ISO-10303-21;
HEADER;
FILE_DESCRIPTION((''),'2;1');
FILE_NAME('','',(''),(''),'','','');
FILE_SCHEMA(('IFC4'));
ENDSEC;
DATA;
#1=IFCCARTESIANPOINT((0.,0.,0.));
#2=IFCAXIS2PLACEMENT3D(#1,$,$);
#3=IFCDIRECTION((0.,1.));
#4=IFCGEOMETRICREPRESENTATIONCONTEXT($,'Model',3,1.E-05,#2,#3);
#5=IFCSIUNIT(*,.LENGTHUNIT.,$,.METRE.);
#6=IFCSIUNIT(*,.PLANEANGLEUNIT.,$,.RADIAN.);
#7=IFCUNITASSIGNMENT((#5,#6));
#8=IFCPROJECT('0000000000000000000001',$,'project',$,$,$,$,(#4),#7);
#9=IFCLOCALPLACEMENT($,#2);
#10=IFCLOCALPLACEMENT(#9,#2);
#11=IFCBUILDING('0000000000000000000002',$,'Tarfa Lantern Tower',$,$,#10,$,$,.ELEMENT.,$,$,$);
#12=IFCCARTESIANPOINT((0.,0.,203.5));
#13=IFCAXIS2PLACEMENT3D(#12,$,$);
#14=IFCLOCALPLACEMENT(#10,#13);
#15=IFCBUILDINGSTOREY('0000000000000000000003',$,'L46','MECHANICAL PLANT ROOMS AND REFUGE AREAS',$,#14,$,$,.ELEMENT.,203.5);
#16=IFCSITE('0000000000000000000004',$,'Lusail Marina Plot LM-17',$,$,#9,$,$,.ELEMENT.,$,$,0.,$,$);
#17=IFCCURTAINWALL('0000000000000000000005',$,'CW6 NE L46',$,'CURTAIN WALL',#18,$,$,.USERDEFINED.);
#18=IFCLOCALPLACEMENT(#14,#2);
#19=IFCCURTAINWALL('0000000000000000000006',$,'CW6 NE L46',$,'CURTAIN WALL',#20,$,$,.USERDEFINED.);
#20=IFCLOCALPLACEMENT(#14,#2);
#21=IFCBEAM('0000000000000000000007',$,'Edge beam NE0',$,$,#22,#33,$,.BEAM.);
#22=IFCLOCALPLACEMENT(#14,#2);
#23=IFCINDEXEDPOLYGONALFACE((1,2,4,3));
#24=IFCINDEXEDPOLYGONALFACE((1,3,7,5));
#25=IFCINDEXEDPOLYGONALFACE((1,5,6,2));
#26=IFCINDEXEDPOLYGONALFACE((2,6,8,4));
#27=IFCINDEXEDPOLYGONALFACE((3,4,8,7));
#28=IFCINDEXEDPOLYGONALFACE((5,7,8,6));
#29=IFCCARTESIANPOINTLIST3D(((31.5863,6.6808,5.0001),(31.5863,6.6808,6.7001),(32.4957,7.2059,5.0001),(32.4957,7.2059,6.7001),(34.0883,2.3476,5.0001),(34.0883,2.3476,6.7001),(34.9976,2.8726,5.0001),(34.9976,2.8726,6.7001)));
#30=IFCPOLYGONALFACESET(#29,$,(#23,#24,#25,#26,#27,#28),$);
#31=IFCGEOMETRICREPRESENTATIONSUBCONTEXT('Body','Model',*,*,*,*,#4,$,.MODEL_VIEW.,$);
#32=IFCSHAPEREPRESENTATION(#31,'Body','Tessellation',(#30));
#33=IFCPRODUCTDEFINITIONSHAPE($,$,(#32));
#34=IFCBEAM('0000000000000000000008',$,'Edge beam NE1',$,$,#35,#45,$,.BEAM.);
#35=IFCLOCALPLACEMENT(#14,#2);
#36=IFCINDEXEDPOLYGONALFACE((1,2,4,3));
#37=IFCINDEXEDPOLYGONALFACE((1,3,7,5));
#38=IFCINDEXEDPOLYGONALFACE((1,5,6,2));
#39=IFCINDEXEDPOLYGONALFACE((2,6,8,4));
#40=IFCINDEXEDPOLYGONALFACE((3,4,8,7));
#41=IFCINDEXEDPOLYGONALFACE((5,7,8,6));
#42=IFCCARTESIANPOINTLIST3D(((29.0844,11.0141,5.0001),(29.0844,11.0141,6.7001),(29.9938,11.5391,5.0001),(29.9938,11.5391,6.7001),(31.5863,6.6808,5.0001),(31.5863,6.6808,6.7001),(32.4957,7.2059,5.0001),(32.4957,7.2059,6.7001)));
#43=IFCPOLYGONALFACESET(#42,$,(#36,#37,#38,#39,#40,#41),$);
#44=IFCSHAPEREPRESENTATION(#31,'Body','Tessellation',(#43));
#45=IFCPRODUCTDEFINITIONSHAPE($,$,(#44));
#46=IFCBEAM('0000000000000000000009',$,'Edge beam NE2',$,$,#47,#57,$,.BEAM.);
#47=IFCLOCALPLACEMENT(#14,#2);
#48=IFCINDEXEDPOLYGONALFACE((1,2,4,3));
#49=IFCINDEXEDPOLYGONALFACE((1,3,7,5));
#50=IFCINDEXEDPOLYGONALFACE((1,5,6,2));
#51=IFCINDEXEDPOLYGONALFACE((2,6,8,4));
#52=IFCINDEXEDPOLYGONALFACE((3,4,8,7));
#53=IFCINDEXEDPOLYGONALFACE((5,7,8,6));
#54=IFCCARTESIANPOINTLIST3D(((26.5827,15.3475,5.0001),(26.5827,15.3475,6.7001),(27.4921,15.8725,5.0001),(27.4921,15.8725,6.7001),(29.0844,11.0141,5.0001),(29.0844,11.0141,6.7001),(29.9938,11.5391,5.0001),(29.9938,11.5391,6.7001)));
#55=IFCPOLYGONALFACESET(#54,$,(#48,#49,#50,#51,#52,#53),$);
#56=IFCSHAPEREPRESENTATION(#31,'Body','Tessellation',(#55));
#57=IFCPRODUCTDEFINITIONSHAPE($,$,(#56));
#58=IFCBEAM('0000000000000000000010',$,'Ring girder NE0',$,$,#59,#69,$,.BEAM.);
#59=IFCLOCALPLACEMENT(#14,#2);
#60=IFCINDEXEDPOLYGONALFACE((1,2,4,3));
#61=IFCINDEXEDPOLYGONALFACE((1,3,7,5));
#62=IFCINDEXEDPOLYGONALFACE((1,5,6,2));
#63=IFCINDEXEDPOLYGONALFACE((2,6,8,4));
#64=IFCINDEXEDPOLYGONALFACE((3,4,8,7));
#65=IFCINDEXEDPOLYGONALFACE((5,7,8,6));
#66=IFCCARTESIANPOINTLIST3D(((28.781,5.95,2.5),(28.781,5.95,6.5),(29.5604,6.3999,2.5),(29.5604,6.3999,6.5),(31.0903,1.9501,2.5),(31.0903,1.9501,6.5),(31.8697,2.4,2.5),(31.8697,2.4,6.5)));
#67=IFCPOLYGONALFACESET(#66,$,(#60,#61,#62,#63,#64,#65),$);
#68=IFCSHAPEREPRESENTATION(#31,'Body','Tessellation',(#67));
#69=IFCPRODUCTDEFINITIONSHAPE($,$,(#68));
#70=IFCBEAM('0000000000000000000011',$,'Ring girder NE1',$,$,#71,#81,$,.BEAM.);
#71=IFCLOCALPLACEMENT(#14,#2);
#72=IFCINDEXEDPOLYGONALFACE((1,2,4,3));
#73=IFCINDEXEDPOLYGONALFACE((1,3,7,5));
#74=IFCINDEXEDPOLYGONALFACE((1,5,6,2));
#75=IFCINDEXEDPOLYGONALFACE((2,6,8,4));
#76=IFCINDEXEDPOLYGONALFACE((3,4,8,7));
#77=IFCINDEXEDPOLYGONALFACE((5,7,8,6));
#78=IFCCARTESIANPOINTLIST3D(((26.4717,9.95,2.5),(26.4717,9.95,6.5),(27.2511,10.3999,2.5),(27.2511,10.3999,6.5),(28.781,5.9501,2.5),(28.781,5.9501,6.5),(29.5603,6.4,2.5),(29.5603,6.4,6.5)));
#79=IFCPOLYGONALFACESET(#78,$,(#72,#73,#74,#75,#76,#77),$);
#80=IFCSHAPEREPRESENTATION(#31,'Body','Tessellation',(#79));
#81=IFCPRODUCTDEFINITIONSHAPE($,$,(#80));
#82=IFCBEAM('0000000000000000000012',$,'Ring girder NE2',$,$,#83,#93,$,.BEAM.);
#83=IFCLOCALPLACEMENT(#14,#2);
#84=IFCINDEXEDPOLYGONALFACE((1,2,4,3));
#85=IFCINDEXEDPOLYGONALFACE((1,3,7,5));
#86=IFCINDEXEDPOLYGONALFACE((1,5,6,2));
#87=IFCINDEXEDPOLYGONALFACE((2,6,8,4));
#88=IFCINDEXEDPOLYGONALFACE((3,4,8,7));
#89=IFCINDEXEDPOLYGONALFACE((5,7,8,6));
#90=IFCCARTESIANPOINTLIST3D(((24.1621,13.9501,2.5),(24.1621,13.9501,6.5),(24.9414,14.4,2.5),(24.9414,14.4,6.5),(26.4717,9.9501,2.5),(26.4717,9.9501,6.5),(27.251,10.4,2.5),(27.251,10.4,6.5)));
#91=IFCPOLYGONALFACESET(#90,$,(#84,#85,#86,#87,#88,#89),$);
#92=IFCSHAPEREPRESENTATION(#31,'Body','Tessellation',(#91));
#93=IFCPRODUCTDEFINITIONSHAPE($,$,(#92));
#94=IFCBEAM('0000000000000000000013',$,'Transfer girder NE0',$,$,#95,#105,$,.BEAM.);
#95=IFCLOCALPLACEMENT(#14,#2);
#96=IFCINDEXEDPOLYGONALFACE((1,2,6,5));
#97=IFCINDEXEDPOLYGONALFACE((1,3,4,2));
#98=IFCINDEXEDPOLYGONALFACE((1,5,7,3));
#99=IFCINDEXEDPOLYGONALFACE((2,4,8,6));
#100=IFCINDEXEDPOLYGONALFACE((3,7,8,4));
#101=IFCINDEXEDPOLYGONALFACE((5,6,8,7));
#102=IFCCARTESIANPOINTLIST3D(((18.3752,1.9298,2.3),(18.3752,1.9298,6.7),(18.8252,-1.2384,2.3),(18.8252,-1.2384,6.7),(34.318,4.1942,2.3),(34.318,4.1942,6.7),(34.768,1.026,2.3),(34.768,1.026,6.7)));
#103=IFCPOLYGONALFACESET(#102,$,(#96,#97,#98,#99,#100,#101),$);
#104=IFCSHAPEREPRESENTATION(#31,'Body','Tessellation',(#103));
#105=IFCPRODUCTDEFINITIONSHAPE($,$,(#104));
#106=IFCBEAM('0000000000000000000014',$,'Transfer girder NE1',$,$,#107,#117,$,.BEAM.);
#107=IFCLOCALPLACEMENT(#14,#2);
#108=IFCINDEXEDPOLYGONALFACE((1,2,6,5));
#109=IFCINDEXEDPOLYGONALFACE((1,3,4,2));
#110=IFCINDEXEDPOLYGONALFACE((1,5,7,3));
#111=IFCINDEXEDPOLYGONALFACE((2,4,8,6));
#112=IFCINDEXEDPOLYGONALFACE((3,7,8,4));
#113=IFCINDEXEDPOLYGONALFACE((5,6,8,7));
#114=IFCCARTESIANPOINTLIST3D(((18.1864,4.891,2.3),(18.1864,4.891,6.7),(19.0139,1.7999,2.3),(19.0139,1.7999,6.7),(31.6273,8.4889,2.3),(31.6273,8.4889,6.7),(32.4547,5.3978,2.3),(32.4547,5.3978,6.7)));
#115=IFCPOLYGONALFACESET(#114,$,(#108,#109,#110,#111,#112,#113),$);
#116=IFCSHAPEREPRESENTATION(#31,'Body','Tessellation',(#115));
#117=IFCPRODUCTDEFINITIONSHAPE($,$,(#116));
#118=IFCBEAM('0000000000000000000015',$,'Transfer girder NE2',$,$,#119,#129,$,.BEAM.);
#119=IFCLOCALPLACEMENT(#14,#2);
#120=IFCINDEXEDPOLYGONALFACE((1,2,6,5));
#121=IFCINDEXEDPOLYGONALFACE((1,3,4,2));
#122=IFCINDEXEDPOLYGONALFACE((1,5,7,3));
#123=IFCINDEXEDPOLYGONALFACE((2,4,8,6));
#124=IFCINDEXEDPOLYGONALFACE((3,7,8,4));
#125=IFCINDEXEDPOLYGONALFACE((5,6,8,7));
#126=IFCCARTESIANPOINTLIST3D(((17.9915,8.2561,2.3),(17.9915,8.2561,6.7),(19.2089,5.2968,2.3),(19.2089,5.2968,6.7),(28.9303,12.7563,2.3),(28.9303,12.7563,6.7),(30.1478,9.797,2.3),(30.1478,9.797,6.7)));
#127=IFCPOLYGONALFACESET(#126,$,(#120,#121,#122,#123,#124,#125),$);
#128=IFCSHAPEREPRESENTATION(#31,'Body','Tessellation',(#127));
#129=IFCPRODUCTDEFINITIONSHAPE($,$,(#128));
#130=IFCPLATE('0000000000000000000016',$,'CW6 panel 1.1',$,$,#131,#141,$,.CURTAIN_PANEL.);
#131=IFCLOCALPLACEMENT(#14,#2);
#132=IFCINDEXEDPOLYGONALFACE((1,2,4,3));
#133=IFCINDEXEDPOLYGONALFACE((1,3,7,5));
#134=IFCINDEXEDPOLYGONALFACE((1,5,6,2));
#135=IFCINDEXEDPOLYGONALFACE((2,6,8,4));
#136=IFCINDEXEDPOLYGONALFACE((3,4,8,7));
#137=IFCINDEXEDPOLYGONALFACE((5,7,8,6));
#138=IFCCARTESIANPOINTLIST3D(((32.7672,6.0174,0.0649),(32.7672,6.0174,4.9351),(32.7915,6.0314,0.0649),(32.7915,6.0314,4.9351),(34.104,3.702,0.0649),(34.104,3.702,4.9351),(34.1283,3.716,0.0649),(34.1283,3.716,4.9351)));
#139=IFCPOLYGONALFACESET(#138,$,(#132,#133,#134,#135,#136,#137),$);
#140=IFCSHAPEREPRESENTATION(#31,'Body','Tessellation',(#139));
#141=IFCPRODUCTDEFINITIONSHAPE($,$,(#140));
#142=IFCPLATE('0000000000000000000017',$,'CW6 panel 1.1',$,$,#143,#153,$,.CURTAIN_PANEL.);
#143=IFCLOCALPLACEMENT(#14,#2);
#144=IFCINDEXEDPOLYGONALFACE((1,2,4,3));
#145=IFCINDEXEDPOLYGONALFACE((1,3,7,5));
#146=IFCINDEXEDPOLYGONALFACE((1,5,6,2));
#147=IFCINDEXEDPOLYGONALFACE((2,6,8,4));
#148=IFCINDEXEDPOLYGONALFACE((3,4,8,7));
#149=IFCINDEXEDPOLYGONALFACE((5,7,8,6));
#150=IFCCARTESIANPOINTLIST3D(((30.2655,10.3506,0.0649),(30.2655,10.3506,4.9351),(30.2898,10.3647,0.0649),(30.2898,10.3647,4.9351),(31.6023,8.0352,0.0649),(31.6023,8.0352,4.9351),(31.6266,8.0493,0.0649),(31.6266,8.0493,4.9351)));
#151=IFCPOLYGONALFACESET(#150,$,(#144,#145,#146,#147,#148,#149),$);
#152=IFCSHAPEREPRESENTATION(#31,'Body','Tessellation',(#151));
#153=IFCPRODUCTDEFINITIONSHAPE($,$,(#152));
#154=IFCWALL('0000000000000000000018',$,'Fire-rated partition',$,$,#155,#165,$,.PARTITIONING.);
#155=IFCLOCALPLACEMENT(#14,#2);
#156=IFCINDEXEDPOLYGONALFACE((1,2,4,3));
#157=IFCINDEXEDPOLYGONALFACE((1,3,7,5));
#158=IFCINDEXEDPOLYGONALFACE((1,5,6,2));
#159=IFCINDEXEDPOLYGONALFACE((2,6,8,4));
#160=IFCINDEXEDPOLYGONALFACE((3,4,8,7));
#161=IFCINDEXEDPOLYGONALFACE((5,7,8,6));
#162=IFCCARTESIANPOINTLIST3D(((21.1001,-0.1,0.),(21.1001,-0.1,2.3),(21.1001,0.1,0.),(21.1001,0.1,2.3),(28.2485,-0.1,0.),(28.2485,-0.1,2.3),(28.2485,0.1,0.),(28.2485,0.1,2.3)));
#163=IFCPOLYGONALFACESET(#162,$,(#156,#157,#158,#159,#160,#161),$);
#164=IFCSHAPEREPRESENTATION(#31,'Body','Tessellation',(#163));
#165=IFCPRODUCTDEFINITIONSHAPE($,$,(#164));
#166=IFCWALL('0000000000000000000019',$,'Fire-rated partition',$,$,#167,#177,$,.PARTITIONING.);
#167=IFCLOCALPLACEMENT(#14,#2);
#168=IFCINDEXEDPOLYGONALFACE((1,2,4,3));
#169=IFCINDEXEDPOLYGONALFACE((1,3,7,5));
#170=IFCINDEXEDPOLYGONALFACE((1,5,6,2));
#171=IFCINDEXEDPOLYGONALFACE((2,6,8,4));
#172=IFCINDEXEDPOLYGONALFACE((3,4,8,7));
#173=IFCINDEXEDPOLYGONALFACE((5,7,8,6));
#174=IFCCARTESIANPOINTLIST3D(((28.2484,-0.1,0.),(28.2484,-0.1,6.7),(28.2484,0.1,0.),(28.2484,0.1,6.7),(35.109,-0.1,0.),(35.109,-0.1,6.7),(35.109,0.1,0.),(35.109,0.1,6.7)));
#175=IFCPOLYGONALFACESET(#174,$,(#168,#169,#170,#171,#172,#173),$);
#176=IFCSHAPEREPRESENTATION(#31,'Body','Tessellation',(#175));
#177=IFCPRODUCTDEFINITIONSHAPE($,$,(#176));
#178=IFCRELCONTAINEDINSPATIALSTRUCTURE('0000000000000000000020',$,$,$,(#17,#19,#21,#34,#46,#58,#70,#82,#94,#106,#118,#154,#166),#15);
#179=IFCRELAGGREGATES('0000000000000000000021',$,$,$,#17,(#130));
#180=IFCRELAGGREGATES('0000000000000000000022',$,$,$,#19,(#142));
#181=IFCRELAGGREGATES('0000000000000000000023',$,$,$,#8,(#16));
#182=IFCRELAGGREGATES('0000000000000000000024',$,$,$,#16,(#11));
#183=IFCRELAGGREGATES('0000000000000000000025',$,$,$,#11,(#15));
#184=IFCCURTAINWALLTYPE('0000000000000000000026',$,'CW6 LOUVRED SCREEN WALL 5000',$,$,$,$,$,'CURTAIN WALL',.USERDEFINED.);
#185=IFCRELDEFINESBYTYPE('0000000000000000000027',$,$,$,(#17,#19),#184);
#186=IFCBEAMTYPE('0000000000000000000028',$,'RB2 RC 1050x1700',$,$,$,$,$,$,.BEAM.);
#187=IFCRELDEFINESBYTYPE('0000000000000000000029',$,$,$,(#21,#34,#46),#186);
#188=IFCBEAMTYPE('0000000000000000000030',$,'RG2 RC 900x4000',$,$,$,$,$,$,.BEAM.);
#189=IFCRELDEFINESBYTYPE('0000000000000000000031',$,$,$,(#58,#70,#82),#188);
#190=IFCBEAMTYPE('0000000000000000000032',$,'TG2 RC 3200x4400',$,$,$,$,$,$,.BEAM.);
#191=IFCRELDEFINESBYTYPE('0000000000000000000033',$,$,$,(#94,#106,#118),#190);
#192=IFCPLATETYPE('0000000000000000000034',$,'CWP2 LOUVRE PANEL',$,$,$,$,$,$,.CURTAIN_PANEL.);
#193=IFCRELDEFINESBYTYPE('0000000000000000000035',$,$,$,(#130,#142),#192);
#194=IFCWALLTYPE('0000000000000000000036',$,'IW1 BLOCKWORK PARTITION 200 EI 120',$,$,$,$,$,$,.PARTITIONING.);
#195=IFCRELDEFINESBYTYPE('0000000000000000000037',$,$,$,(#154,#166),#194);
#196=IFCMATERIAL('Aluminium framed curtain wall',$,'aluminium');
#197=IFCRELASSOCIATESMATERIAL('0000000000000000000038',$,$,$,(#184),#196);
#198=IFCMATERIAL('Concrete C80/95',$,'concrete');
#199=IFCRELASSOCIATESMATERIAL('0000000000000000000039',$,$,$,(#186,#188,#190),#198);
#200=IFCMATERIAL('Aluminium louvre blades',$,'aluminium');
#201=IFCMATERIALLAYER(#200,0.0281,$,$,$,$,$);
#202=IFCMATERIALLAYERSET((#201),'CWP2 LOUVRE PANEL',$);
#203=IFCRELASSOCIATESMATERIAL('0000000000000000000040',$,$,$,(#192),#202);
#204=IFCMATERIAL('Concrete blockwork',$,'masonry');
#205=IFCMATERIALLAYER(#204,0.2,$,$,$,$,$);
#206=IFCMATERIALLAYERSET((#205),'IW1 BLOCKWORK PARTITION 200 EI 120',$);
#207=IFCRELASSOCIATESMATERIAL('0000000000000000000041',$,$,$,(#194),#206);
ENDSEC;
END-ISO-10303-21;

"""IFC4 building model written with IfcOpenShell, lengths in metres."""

from ifc_helpers import new_model, si_unit, direction, frame, frame_2d, origin, origin_2d, place, context, subcontext, project, spatial, rectangle, extrude, material, layer, layer_set, material_profile, profile_set, type_object, element, aggregate, save


model = new_model("IFC4")

# Units and contexts
model_context = context("Model", 3, precision=1e-05, world=origin(), true_north=direction((0.0, 1.0)))
body_context = subcontext(model_context, "Body", "Model", "MODEL_VIEW")
ifc_project = project(units=[si_unit("LENGTHUNIT", "METRE"), si_unit("PLANEANGLEUNIT", "RADIAN")], contexts=[model_context])

# Site, building, storey
site_placement = place(None, origin())
site = spatial("IfcSite", under=ifc_project, at=site_placement, Name="Lusail Marina Plot LM-17", CompositionType="ELEMENT", RefElevation=0.0)
building_placement = place(site_placement, origin())
building = spatial("IfcBuilding", under=site, at=building_placement, Name="Tarfa Lantern Tower", CompositionType="ELEMENT")
storey_placement = place(building_placement, frame((0.0, 0.0, 203.5)))
storey = spatial("IfcBuildingStorey", under=building, at=storey_placement, Name="L46", Description="MECHANICAL PLANT ROOMS AND REFUGE AREAS", CompositionType="ELEMENT", Elevation=203.5)

# Shared definitions
ifc_material_1 = material(Name="Concrete C80/95", Category="concrete")

# Curtain walls
ifc_material_2 = material(Name="Aluminium framed curtain wall", Category="aluminium")
curtain_wall_type = type_object("IfcCurtainWallType", Name="CW6 LOUVRED SCREEN WALL 5000", ElementType="CURTAIN WALL", PredefinedType="USERDEFINED", material=ifc_material_2)
curtain_wall_1_placement = place(storey_placement, origin())
curtain_wall_1 = element("IfcCurtainWall", 1, at=curtain_wall_1_placement, inside=storey, type_object=curtain_wall_type, Name="CW6 NE L46", ObjectType="CURTAIN WALL", PredefinedType="USERDEFINED")
curtain_wall_2_placement = place(storey_placement, origin())
curtain_wall_2 = element("IfcCurtainWall", 2, at=curtain_wall_2_placement, inside=storey, type_object=curtain_wall_type, Name="CW6 NE L46", ObjectType="CURTAIN WALL", PredefinedType="USERDEFINED")

# Beams
ifc_material_profile_1 = material_profile(ifc_material_1, rectangle(XDim=1.05, YDim=1.7, at=origin_2d()), Name="RC 1050x1700")
ifc_profile_set_1 = profile_set([ifc_material_profile_1], Name="Concrete C80/95")
beam_type_1 = type_object("IfcBeamType", Name="RB2 RC 1050x1700", PredefinedType="BEAM", material=ifc_profile_set_1)
for number, where, z_axis, x_axis, name in (
    (3, (34.543, 2.6101, 5.8501), (-0.500022, 0.866013, 0.0), (-0.866013, -0.500022, 0.0), "Edge beam NE0"),
    (4, (32.041, 6.9434, 5.8501), (-0.500022, 0.866013, 0.0), (-0.866013, -0.500022, 0.0), "Edge beam NE1"),
    (5, (29.5391, 11.2766, 5.8501), (-0.499965, 0.866046, 0.0), (-0.866046, -0.499965, 0.0), "Edge beam NE2"),
):
    element("IfcBeam", number, at=place(storey_placement, frame(where, z_axis=z_axis, x_axis=x_axis)), inside=storey, type_object=beam_type_1, Name=name, PredefinedType="BEAM", context=body_context, shape_type="SweptSolid", body=[
        extrude(rectangle(XDim=1.05, YDim=1.7, at=origin_2d()), origin(), (0.0, 0.0, 1.0), 5.0037),
    ])
ifc_material_profile_2 = material_profile(ifc_material_1, rectangle(XDim=0.8999, YDim=4.0, at=origin_2d()), Name="RC 900x4000")
ifc_profile_set_2 = profile_set([ifc_material_profile_2], Name="Concrete C80/95")
beam_type_2 = type_object("IfcBeamType", Name="RG2 RC 900x4000", PredefinedType="BEAM", material=ifc_profile_set_2)
for number, where, z_axis, x_axis, name in (
    (6, (31.48, 2.175, 4.5), (-0.499988, 0.866032, 0.0), (-0.866032, -0.499988, 0.0), "Ring girder NE0"),
    (7, (29.1707, 6.175, 4.5), (-0.499988, 0.866032, 0.0), (-0.866032, -0.499988, 0.0), "Ring girder NE1"),
):
    element("IfcBeam", number, at=place(storey_placement, frame(where, z_axis=z_axis, x_axis=x_axis)), inside=storey, type_object=beam_type_2, Name=name, PredefinedType="BEAM", context=body_context, shape_type="SweptSolid", body=[
        extrude(rectangle(XDim=0.8999, YDim=4.0, at=origin_2d()), origin(), (0.0, 0.0, 1.0), 4.6187),
    ])
beam_1_placement = place(storey_placement, frame((26.8613, 10.175, 4.5), z_axis=(-0.500027, 0.86601, 0.0), x_axis=(-0.86601, -0.500027, 0.0)))
element("IfcBeam", 8, at=beam_1_placement, inside=storey, type_object=beam_type_2, Name="Ring girder NE2", PredefinedType="BEAM", context=body_context, shape_type="SweptSolid", body=[
    extrude(rectangle(XDim=0.8999, YDim=4.0, at=origin_2d()), origin(), (0.0, 0.0, 1.0), 4.6189),
])
ifc_material_profile_3 = material_profile(ifc_material_1, rectangle(XDim=3.2, YDim=4.3999, at=origin_2d()), Name="RC 3200x4400")
ifc_profile_set_3 = profile_set([ifc_material_profile_3], Name="Concrete C80/95")
beam_type_3 = type_object("IfcBeamType", Name="TG2 RC 3200x4400", PredefinedType="BEAM", material=ifc_profile_set_3)
beam_2_placement = place(storey_placement, frame((34.543, 2.6101, 4.5), z_axis=(-0.990063, -0.140621, 0.0), x_axis=(0.140621, -0.990063, 0.0)))
element("IfcBeam", 9, at=beam_2_placement, inside=storey, type_object=beam_type_3, Name="Transfer girder NE0", PredefinedType="BEAM", context=body_context, shape_type="SweptSolid", body=[
    extrude(rectangle(XDim=3.2, YDim=4.3999, at=origin_2d()), origin(), (0.0, 0.0, 1.0), 16.1028),
])
beam_3_placement = place(storey_placement, frame((32.041, 6.9434, 4.5), z_axis=(-0.96599, -0.258579, 0.0), x_axis=(0.258579, -0.96599, 0.0)))
element("IfcBeam", 10, at=beam_3_placement, inside=storey, type_object=beam_type_3, Name="Transfer girder NE1", PredefinedType="BEAM", context=body_context, shape_type="SweptSolid", body=[
    extrude(rectangle(XDim=3.2, YDim=4.3999, at=origin_2d()), origin(), (0.0, 0.0, 1.0), 13.9141),
])
beam_4_placement = place(storey_placement, frame((29.5391, 11.2766, 4.5), z_axis=(-0.924798, -0.380458, 0.0), x_axis=(0.380458, -0.924798, 0.0)))
element("IfcBeam", 11, at=beam_4_placement, inside=storey, type_object=beam_type_3, Name="Transfer girder NE2", PredefinedType="BEAM", context=body_context, shape_type="SweptSolid", body=[
    extrude(rectangle(XDim=3.2, YDim=4.3999, at=origin_2d()), origin(), (0.0, 0.0, 1.0), 11.8284),
])

# Plates
ifc_material_3 = material(Name="Aluminium louvre blades", Category="aluminium")
ifc_layer_1 = layer(ifc_material_3, 0.0281)
ifc_layer_set_1 = layer_set([ifc_layer_1], Name="CWP2 LOUVRE PANEL")
plate_type = type_object("IfcPlateType", Name="CWP2 LOUVRE PANEL", PredefinedType="CURTAIN_PANEL", material=ifc_layer_set_1)
plate_1_placement = place(storey_placement, frame((33.4478, 4.8667, 0.0649), z_axis=(0.0, 0.0, 1.0), x_axis=(-0.5, 0.866025, 0.0)))
plate_1 = element("IfcPlate", 12, at=plate_1_placement, type_object=plate_type, Name="CW6 panel 1.1", PredefinedType="CURTAIN_PANEL", context=body_context, shape_type="SweptSolid", body=[
    extrude(rectangle(XDim=2.6736, YDim=0.0281, at=origin_2d()), origin(), (0.0, 0.0, 1.0), 4.8701),
])
aggregate(curtain_wall_1, [plate_1])
plate_2_placement = place(storey_placement, frame((30.946, 9.2, 0.0649), z_axis=(0.0, 0.0, 1.0), x_axis=(-0.5, 0.866025, 0.0)))
plate_2 = element("IfcPlate", 13, at=plate_2_placement, type_object=plate_type, Name="CW6 panel 1.1", PredefinedType="CURTAIN_PANEL", context=body_context, shape_type="SweptSolid", body=[
    extrude(rectangle(XDim=2.6736, YDim=0.0281, at=origin_2d()), origin(), (0.0, 0.0, 1.0), 4.8701),
])
aggregate(curtain_wall_2, [plate_2])

# Walls
ifc_material_4 = material(Name="Concrete blockwork", Category="masonry")
ifc_layer_2 = layer(ifc_material_4, 0.2)
ifc_layer_set_2 = layer_set([ifc_layer_2], Name="IW1 BLOCKWORK PARTITION 200 EI 120")
wall_type = type_object("IfcWallType", Name="IW1 BLOCKWORK PARTITION 200 EI 120", PredefinedType="PARTITIONING", material=ifc_layer_set_2)
wall_1_placement = place(storey_placement, frame((21.1001, 0.0, 0.0), z_axis=(0.0, 0.0, 1.0), x_axis=(1.0, 0.0, 0.0)))
element("IfcWall", 14, at=wall_1_placement, inside=storey, type_object=wall_type, Name="Fire-rated partition", PredefinedType="PARTITIONING", context=body_context, shape_type="SweptSolid", body=[
    extrude(rectangle(XDim=7.1484, YDim=0.2, at=frame_2d((3.5742, 0.0))), origin(), (0.0, 0.0, 1.0), 2.3),
])
wall_2_placement = place(storey_placement, frame((28.2485, 0.0, 0.0), z_axis=(0.0, 0.0, 1.0), x_axis=(1.0, 0.0, 0.0)))
element("IfcWall", 15, at=wall_2_placement, inside=storey, type_object=wall_type, Name="Fire-rated partition", PredefinedType="PARTITIONING", context=body_context, shape_type="SweptSolid", body=[
    extrude(rectangle(XDim=6.8606, YDim=0.2, at=frame_2d((3.4302, 0.0))), origin(), (0.0, 0.0, 1.0), 6.7),
])

save(model, "model.ifc")
